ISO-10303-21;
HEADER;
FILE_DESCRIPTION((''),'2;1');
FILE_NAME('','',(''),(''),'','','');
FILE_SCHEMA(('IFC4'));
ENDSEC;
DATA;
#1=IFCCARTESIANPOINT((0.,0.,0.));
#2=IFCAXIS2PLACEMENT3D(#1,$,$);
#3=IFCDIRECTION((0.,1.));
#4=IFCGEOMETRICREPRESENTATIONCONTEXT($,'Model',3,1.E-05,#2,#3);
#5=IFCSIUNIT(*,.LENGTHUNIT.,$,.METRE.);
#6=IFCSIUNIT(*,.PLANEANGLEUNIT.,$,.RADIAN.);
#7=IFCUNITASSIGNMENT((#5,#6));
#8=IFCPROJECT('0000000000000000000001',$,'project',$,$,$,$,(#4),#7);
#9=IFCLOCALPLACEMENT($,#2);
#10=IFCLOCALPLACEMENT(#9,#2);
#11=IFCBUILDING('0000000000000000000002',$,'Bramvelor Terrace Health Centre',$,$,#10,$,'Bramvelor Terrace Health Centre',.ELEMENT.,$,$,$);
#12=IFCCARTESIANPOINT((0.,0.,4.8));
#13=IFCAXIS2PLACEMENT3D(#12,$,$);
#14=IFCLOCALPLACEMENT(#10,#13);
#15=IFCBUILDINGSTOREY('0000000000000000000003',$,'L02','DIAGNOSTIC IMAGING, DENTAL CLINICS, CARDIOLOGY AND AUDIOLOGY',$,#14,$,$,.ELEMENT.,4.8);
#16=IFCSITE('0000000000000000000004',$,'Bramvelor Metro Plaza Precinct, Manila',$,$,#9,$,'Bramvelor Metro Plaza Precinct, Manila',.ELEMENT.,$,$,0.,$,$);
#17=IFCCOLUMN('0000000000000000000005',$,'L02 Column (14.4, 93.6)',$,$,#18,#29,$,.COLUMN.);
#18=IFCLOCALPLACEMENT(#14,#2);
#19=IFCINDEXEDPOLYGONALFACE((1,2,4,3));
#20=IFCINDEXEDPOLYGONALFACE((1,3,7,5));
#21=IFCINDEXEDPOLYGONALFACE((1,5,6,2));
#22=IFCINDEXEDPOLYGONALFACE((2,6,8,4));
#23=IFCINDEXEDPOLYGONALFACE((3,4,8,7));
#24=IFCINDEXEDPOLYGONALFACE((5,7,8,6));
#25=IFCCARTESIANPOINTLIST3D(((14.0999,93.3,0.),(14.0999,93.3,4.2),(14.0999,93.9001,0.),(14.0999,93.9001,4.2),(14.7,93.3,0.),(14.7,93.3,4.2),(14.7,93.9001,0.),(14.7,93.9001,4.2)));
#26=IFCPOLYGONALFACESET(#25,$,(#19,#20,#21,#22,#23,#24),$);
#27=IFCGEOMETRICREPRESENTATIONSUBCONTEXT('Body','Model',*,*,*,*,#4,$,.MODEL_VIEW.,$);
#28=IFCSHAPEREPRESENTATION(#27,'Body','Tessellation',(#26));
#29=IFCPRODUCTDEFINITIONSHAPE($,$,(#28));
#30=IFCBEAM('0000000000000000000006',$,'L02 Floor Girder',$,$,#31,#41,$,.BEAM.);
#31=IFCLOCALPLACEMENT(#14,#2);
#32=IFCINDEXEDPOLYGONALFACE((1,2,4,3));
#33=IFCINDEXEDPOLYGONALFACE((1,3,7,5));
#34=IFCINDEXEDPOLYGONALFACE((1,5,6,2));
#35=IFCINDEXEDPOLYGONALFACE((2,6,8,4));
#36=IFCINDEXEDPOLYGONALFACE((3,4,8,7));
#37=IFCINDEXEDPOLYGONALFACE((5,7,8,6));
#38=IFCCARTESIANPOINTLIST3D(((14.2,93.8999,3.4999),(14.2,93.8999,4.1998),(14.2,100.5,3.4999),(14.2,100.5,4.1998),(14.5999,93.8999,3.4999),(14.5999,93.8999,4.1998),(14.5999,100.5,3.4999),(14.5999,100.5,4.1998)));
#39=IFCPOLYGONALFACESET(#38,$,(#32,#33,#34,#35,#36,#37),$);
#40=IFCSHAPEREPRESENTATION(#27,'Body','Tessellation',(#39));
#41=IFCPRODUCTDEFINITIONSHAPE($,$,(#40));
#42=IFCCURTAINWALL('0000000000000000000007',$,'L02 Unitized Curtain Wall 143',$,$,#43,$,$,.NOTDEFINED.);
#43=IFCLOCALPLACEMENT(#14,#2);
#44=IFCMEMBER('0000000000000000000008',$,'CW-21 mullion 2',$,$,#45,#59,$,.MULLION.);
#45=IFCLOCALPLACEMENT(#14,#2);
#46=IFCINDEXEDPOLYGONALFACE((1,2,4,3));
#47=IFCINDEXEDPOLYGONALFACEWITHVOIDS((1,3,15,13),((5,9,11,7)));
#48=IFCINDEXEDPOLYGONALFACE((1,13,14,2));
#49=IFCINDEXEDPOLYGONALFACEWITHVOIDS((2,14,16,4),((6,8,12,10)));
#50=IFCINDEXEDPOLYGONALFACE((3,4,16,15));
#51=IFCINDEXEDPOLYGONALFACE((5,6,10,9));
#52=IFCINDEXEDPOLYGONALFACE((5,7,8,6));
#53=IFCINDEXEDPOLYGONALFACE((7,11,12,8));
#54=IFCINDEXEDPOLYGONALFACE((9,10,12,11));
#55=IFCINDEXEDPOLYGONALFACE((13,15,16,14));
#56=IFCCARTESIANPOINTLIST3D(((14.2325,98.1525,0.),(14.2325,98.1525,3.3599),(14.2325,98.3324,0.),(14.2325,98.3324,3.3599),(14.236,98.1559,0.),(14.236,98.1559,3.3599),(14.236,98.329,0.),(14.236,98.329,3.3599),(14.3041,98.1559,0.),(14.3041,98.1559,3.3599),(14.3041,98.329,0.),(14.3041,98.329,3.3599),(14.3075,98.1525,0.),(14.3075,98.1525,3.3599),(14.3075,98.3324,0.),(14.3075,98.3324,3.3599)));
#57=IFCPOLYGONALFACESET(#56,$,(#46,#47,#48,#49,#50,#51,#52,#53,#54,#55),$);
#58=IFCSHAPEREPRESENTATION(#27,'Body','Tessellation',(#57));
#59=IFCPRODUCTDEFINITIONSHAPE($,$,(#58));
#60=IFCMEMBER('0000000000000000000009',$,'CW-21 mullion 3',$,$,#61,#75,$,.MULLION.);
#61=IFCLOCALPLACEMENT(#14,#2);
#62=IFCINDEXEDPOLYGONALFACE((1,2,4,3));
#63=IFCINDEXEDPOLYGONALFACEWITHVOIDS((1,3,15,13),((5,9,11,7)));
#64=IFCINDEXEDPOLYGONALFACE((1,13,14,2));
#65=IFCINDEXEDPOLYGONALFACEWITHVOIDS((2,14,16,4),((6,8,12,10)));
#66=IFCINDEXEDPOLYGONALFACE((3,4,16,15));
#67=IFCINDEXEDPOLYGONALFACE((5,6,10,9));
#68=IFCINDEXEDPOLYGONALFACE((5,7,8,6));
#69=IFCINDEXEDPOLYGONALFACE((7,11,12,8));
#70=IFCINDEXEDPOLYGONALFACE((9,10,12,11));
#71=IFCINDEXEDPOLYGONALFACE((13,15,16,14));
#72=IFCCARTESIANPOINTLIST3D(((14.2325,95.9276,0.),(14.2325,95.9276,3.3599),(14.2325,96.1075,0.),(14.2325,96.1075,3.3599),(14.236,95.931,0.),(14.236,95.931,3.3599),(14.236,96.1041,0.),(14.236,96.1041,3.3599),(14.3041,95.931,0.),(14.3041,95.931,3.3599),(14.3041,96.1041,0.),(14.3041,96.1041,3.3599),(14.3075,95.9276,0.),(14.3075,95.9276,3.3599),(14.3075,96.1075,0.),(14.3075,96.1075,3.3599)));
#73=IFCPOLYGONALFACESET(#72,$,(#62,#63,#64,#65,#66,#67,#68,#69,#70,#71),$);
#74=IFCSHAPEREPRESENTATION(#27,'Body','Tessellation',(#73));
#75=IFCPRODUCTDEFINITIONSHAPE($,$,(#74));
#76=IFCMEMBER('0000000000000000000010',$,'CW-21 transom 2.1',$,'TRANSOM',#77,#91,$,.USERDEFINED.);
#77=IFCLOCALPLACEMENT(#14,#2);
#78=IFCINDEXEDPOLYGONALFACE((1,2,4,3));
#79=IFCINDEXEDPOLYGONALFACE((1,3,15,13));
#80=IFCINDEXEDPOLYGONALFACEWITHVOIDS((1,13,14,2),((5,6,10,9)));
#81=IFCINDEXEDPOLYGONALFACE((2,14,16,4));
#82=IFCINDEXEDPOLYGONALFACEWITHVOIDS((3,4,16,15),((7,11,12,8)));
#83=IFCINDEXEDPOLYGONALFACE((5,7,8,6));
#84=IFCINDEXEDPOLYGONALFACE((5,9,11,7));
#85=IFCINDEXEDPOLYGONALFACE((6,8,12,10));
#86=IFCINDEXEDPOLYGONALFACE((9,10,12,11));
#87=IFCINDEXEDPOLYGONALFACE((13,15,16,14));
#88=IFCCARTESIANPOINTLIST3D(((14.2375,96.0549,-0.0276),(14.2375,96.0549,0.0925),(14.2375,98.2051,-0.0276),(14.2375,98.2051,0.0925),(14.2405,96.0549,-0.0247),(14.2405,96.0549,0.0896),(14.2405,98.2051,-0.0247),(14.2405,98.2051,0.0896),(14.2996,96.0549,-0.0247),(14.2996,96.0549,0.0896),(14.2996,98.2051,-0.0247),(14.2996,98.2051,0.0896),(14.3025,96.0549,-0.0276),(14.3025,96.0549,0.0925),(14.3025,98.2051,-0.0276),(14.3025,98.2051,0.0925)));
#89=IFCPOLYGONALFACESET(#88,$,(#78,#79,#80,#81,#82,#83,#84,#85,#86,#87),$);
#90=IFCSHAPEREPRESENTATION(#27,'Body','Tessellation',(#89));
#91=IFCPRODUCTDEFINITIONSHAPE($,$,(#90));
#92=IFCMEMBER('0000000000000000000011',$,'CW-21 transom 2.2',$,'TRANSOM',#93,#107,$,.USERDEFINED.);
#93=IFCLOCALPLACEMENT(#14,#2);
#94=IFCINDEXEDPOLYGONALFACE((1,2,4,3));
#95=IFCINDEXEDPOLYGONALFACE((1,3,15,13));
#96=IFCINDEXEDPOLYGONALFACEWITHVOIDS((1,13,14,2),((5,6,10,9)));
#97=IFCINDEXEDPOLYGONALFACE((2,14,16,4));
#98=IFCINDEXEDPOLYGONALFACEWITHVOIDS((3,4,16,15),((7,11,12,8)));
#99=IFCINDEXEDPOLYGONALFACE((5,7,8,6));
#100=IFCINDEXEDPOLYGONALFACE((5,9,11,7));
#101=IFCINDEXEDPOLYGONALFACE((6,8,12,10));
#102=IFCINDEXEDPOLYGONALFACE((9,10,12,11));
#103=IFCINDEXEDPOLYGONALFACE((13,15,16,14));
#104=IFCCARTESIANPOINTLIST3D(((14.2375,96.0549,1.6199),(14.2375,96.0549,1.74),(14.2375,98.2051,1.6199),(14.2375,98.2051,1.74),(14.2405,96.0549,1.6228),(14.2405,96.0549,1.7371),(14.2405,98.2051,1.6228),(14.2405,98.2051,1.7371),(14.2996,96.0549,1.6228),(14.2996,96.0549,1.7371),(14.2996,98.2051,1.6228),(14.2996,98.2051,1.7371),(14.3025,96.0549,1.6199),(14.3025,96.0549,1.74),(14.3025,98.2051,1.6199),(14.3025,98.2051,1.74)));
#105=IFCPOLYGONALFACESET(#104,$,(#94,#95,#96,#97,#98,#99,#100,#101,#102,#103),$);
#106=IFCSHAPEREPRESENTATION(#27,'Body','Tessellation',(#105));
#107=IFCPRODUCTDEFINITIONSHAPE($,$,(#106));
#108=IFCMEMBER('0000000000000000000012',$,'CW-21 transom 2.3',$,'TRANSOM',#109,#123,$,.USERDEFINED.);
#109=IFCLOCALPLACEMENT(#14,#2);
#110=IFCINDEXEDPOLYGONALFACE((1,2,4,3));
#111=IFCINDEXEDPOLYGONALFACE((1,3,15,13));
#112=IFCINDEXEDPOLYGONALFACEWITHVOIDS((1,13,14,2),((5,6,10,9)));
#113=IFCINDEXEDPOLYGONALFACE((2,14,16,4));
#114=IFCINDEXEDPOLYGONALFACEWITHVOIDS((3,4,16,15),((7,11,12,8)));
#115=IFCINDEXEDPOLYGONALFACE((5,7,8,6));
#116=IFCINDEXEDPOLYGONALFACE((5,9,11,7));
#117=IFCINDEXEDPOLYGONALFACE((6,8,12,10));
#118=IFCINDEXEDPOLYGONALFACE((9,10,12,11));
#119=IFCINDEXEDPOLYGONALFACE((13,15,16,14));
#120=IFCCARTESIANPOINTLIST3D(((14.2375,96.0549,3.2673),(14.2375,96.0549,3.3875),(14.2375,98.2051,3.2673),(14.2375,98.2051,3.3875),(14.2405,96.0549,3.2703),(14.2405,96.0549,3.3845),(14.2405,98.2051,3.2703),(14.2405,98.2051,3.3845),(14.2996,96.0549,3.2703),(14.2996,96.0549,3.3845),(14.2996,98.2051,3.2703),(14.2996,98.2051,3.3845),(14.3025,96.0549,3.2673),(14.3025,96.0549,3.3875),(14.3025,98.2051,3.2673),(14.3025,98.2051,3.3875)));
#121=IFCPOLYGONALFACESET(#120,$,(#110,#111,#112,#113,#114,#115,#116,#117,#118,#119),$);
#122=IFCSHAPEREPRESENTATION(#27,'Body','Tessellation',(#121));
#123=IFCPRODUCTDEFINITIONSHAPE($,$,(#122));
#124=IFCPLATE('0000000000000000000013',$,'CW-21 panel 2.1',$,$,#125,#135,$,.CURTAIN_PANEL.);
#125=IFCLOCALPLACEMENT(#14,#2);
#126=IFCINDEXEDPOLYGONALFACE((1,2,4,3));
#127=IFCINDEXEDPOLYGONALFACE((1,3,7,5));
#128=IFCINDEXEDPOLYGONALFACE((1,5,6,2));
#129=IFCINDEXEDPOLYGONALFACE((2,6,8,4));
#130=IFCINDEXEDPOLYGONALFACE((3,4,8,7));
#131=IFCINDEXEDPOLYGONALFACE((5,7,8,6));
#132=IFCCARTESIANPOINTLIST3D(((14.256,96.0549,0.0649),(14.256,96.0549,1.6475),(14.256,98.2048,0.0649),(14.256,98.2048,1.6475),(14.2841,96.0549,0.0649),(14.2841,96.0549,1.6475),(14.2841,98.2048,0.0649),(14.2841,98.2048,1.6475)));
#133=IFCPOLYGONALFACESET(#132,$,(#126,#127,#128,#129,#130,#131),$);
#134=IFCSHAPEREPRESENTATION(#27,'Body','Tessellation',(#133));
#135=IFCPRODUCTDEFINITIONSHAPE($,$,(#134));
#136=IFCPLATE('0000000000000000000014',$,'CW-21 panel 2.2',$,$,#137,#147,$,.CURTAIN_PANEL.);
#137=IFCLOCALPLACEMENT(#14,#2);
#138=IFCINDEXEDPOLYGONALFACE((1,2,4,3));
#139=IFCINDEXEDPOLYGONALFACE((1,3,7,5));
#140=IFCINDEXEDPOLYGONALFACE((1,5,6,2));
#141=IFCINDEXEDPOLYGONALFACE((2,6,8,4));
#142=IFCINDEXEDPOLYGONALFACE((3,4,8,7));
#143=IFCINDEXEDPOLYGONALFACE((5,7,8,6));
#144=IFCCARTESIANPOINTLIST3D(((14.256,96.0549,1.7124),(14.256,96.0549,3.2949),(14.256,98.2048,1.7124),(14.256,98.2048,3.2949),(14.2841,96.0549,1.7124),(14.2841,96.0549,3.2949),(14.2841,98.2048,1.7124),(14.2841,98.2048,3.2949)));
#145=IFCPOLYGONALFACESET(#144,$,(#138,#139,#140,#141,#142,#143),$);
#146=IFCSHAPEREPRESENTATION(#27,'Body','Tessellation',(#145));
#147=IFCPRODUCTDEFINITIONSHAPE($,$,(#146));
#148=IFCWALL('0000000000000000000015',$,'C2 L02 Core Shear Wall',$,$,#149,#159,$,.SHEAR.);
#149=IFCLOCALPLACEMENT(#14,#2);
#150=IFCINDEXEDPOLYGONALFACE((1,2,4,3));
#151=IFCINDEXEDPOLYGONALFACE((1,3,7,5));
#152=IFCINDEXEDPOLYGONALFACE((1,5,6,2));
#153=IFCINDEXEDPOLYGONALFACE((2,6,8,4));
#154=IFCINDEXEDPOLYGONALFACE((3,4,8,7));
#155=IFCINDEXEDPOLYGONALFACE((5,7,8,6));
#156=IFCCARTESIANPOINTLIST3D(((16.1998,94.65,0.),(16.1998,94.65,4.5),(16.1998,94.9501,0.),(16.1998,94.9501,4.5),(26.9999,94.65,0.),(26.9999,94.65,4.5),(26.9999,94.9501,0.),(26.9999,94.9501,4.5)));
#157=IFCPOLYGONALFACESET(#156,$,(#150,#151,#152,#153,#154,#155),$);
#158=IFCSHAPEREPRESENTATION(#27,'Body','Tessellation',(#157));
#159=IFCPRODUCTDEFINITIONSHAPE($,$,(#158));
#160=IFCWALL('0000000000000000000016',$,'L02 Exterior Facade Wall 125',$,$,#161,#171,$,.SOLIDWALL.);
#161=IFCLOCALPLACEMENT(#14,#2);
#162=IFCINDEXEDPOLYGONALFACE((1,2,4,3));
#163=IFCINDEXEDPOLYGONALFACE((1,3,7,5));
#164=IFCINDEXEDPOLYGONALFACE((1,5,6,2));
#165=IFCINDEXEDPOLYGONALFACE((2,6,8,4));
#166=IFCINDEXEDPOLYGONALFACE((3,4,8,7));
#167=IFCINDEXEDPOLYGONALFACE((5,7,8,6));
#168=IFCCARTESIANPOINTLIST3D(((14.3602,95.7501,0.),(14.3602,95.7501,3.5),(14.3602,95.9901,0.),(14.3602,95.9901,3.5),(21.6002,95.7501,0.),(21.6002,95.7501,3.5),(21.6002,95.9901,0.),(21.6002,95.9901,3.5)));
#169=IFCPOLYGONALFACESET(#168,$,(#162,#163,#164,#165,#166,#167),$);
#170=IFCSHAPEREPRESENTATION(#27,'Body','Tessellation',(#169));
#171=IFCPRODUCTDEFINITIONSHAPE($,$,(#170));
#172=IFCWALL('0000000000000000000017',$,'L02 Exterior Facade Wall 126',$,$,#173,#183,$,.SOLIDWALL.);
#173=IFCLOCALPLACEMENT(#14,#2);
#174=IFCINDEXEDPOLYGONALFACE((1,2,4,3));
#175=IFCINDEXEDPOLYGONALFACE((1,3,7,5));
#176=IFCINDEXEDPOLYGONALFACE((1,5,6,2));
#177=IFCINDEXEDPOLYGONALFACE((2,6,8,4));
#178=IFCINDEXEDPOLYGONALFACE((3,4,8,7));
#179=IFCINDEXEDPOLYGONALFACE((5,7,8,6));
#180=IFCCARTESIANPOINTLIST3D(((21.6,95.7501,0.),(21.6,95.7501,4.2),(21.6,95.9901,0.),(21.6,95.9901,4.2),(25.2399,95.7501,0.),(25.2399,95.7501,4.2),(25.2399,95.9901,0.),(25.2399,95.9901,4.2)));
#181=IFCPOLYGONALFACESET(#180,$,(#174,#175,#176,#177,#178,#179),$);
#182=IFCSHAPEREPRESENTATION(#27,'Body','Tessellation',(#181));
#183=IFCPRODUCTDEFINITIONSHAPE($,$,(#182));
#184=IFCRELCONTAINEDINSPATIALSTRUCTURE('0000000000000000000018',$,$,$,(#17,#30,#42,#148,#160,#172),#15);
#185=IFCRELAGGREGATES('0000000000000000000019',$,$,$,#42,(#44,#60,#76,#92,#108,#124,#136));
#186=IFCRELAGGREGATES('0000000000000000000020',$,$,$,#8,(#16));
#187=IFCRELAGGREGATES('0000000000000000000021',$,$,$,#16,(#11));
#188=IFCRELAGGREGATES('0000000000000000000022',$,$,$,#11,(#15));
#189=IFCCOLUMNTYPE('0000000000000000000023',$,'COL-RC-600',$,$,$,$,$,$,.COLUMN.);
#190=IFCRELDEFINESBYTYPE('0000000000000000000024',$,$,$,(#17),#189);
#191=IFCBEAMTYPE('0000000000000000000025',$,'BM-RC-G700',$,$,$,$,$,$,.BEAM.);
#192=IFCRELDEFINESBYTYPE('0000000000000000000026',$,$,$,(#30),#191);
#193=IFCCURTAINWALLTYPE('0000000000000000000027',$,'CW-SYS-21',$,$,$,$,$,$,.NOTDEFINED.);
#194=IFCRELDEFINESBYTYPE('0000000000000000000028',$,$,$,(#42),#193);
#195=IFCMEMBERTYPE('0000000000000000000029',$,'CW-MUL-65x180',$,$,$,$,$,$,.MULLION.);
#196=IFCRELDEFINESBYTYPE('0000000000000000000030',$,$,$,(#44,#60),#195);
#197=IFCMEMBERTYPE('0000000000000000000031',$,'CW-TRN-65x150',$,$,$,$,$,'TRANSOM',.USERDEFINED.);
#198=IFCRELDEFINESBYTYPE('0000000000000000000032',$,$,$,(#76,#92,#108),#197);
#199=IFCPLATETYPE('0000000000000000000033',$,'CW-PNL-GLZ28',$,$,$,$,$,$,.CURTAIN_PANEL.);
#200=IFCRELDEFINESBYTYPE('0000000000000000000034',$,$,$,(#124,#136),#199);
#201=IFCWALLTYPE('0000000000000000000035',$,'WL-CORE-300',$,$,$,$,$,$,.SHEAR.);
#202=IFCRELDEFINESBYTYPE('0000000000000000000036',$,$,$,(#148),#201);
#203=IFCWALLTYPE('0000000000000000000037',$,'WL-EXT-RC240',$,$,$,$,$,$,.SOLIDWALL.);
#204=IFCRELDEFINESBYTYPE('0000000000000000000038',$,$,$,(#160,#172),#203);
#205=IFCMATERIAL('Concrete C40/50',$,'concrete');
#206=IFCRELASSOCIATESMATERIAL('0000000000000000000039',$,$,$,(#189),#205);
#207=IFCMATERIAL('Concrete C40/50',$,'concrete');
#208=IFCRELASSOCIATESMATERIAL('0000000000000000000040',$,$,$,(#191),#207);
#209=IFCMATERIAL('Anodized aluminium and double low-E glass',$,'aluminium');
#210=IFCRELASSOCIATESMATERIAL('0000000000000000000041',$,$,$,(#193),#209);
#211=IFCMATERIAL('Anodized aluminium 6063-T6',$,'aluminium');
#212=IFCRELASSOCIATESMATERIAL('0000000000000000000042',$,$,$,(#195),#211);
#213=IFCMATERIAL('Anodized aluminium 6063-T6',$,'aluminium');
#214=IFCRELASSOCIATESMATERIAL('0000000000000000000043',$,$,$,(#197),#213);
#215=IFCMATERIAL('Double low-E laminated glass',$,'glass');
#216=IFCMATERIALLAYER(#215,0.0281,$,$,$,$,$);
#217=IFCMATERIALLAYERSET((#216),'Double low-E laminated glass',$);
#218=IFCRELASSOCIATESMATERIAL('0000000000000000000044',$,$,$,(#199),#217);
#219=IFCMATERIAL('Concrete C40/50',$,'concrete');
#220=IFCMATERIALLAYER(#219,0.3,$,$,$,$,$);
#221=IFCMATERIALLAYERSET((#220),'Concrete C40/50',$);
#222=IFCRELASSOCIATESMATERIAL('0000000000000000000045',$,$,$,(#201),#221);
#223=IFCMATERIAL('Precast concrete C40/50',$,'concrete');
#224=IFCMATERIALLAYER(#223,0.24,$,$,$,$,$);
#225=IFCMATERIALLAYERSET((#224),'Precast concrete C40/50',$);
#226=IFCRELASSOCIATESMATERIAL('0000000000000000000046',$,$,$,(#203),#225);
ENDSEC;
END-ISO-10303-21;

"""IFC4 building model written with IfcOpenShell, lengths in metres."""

from ifc_helpers import new_model, si_unit, direction, frame, frame_2d, origin, origin_2d, place, context, subcontext, project, spatial, rectangle, hollow_rectangle, extrude, material, layer, layer_set, material_profile, profile_set, type_object, element, aggregate, save


model = new_model("IFC4")

# Units and contexts
model_context = context("Model", 3, precision=1e-05, world=origin(), true_north=direction((0.0, 1.0)))
body_context = subcontext(model_context, "Body", "Model", "MODEL_VIEW")
ifc_project = project(units=[si_unit("LENGTHUNIT", "METRE"), si_unit("PLANEANGLEUNIT", "RADIAN")], contexts=[model_context])

# Site, building, storey
site_placement = place(None, origin())
site = spatial("IfcSite", under=ifc_project, at=site_placement, Name="Bramvelor Metro Plaza Precinct, Manila", LongName="Bramvelor Metro Plaza Precinct, Manila", CompositionType="ELEMENT", RefElevation=0.0)
building_placement = place(site_placement, origin())
building = spatial("IfcBuilding", under=site, at=building_placement, Name="Bramvelor Terrace Health Centre", LongName="Bramvelor Terrace Health Centre", CompositionType="ELEMENT")
storey_placement = place(building_placement, frame((0.0, 0.0, 4.8)))
storey = spatial("IfcBuildingStorey", under=building, at=storey_placement, Name="L02", Description="DIAGNOSTIC IMAGING, DENTAL CLINICS, CARDIOLOGY AND AUDIOLOGY", CompositionType="ELEMENT", Elevation=4.8)

# Column
ifc_material_1 = material(Name="Concrete C40/50", Category="concrete")
ifc_material_profile_1 = material_profile(ifc_material_1, rectangle(XDim=0.6001, YDim=0.6001, at=origin_2d()), Name="RC 600x600")
ifc_profile_set_1 = profile_set([ifc_material_profile_1], Name="Concrete C40/50")
column_type = type_object("IfcColumnType", Name="COL-RC-600", PredefinedType="COLUMN", material=ifc_profile_set_1)
column_placement = place(storey_placement, frame((14.3999, 93.6001, 0.0), z_axis=(0.0, 0.0, 1.0), x_axis=(1.0, 0.0, 0.0)))
element("IfcColumn", 1, at=column_placement, inside=storey, type_object=column_type, Name="L02 Column (14.4, 93.6)", PredefinedType="COLUMN", context=body_context, shape_type="SweptSolid", body=[
    extrude(rectangle(XDim=0.6001, YDim=0.6001, at=origin_2d()), origin(), (0.0, 0.0, 1.0), 4.2),
])

# Beam
ifc_material_2 = material(Name="Concrete C40/50", Category="concrete")
ifc_material_profile_2 = material_profile(ifc_material_2, rectangle(XDim=0.3999, YDim=0.7, at=origin_2d()), Name="RC 400x700")
ifc_profile_set_2 = profile_set([ifc_material_profile_2], Name="Concrete C40/50")
beam_type = type_object("IfcBeamType", Name="BM-RC-G700", PredefinedType="BEAM", material=ifc_profile_set_2)
beam_placement = place(storey_placement, frame((14.3999, 93.8999, 3.8499), z_axis=(0.0, 1.0, 0.0), x_axis=(-1.0, 0.0, 0.0)))
element("IfcBeam", 2, at=beam_placement, inside=storey, type_object=beam_type, Name="L02 Floor Girder", PredefinedType="BEAM", context=body_context, shape_type="SweptSolid", body=[
    extrude(rectangle(XDim=0.3999, YDim=0.7, at=origin_2d()), origin(), (0.0, 0.0, 1.0), 6.6001),
])

# Curtain wall, members, plates
ifc_material_3 = material(Name="Anodized aluminium and double low-E glass", Category="aluminium")
curtain_wall_type = type_object("IfcCurtainWallType", Name="CW-SYS-21", PredefinedType="NOTDEFINED", material=ifc_material_3)
curtain_wall_placement = place(storey_placement, origin())
curtain_wall = element("IfcCurtainWall", 3, at=curtain_wall_placement, inside=storey, type_object=curtain_wall_type, Name="L02 Unitized Curtain Wall 143", PredefinedType="NOTDEFINED")
ifc_material_4 = material(Name="Anodized aluminium 6063-T6", Category="aluminium")
ifc_material_profile_3 = material_profile(ifc_material_4, hollow_rectangle(XDim=0.075, YDim=0.1799, WallThickness=0.0034, at=origin_2d()), Name="ALU-MUL 75x180x3.5")
ifc_profile_set_3 = profile_set([ifc_material_profile_3], Name="Anodized aluminium 6063-T6")
member_type_1 = type_object("IfcMemberType", Name="CW-MUL-65x180", PredefinedType="MULLION", material=ifc_profile_set_3)
member_1_placement = place(storey_placement, frame((14.27, 98.2424, 0.0), z_axis=(0.0, 0.0, 1.0), x_axis=(1.0, 0.0, 0.0)))
member_1 = element("IfcMember", 4, at=member_1_placement, type_object=member_type_1, Name="CW-21 mullion 2", PredefinedType="MULLION", context=body_context, shape_type="SweptSolid", body=[
    extrude(hollow_rectangle(XDim=0.075, YDim=0.1799, WallThickness=0.0034, at=origin_2d()), origin(), (0.0, 0.0, 1.0), 3.3599),
])
member_2_placement = place(storey_placement, frame((14.27, 96.0176, 0.0), z_axis=(0.0, 0.0, 1.0), x_axis=(1.0, 0.0, 0.0)))
member_2 = element("IfcMember", 5, at=member_2_placement, type_object=member_type_1, Name="CW-21 mullion 3", PredefinedType="MULLION", context=body_context, shape_type="SweptSolid", body=[
    extrude(hollow_rectangle(XDim=0.075, YDim=0.1799, WallThickness=0.0034, at=origin_2d()), origin(), (0.0, 0.0, 1.0), 3.3599),
])
ifc_material_5 = material(Name="Anodized aluminium 6063-T6", Category="aluminium")
ifc_material_profile_4 = material_profile(ifc_material_5, hollow_rectangle(XDim=0.0649, YDim=0.1201, WallThickness=0.0029, at=origin_2d()), Name="ALU-TRN 65x120x3.0")
ifc_profile_set_4 = profile_set([ifc_material_profile_4], Name="Anodized aluminium 6063-T6")
member_type_2 = type_object("IfcMemberType", Name="CW-TRN-65x150", ElementType="TRANSOM", PredefinedType="USERDEFINED", material=ifc_profile_set_4)
member_3_placement = place(storey_placement, frame((14.27, 98.2051, 0.0325), z_axis=(0.0, -1.0, 0.0), x_axis=(1.0, 0.0, 0.0)))
member_3 = element("IfcMember", 6, at=member_3_placement, type_object=member_type_2, Name="CW-21 transom 2.1", ObjectType="TRANSOM", PredefinedType="USERDEFINED", context=body_context, shape_type="SweptSolid", body=[
    extrude(hollow_rectangle(XDim=0.0649, YDim=0.1201, WallThickness=0.0029, at=origin_2d()), origin(), (0.0, 0.0, 1.0), 2.1501),
])
member_4_placement = place(storey_placement, frame((14.27, 98.2051, 1.6799), z_axis=(0.0, -1.0, 0.0), x_axis=(1.0, 0.0, 0.0)))
member_4 = element("IfcMember", 7, at=member_4_placement, type_object=member_type_2, Name="CW-21 transom 2.2", ObjectType="TRANSOM", PredefinedType="USERDEFINED", context=body_context, shape_type="SweptSolid", body=[
    extrude(hollow_rectangle(XDim=0.0649, YDim=0.1201, WallThickness=0.0029, at=origin_2d()), origin(), (0.0, 0.0, 1.0), 2.1501),
])
member_5_placement = place(storey_placement, frame((14.27, 98.2051, 3.3274), z_axis=(0.0, -1.0, 0.0), x_axis=(1.0, 0.0, 0.0)))
member_5 = element("IfcMember", 8, at=member_5_placement, type_object=member_type_2, Name="CW-21 transom 2.3", ObjectType="TRANSOM", PredefinedType="USERDEFINED", context=body_context, shape_type="SweptSolid", body=[
    extrude(hollow_rectangle(XDim=0.0649, YDim=0.1201, WallThickness=0.0029, at=origin_2d()), origin(), (0.0, 0.0, 1.0), 2.1501),
])
ifc_material_6 = material(Name="Double low-E laminated glass", Category="glass")
ifc_layer_1 = layer(ifc_material_6, 0.0281)
ifc_layer_set_1 = layer_set([ifc_layer_1], Name="Double low-E laminated glass")
plate_type = type_object("IfcPlateType", Name="CW-PNL-GLZ28", PredefinedType="CURTAIN_PANEL", material=ifc_layer_set_1)
plate_1_placement = place(storey_placement, frame((14.27, 97.1299, 0.0649), z_axis=(0.0, 0.0, 1.0), x_axis=(0.0, -1.0, 0.0)))
plate_1 = element("IfcPlate", 9, at=plate_1_placement, type_object=plate_type, Name="CW-21 panel 2.1", PredefinedType="CURTAIN_PANEL", context=body_context, shape_type="SweptSolid", body=[
    extrude(rectangle(XDim=2.1499, YDim=0.0281, at=origin_2d()), origin(), (0.0, 0.0, 1.0), 1.5825),
])
plate_2_placement = place(storey_placement, frame((14.27, 97.1299, 1.7124), z_axis=(0.0, 0.0, 1.0), x_axis=(0.0, -1.0, 0.0)))
plate_2 = element("IfcPlate", 10, at=plate_2_placement, type_object=plate_type, Name="CW-21 panel 2.2", PredefinedType="CURTAIN_PANEL", context=body_context, shape_type="SweptSolid", body=[
    extrude(rectangle(XDim=2.1499, YDim=0.0281, at=origin_2d()), origin(), (0.0, 0.0, 1.0), 1.5825),
])
aggregate(curtain_wall, [member_1, member_2, member_3, member_4, member_5, plate_1, plate_2])

# Walls
ifc_material_7 = material(Name="Concrete C40/50", Category="concrete")
ifc_layer_2 = layer(ifc_material_7, 0.3)
ifc_layer_set_2 = layer_set([ifc_layer_2], Name="Concrete C40/50")
wall_type_1 = type_object("IfcWallType", Name="WL-CORE-300", PredefinedType="SHEAR", material=ifc_layer_set_2)
wall_1_placement = place(storey_placement, frame((16.2, 94.8, 0.0), z_axis=(0.0, 0.0, 1.0), x_axis=(1.0, 0.0, 0.0)))
element("IfcWall", 11, at=wall_1_placement, inside=storey, type_object=wall_type_1, Name="C2 L02 Core Shear Wall", PredefinedType="SHEAR", context=body_context, shape_type="SweptSolid", body=[
    extrude(rectangle(XDim=10.8, YDim=0.3, at=frame_2d((5.3999, 0.0))), origin(), (0.0, 0.0, 1.0), 4.5),
])
ifc_material_8 = material(Name="Precast concrete C40/50", Category="concrete")
ifc_layer_3 = layer(ifc_material_8, 0.24)
ifc_layer_set_3 = layer_set([ifc_layer_3], Name="Precast concrete C40/50")
wall_type_2 = type_object("IfcWallType", Name="WL-EXT-RC240", PredefinedType="SOLIDWALL", material=ifc_layer_set_3)
wall_2_placement = place(storey_placement, frame((14.3601, 95.8701, 0.0), z_axis=(0.0, 0.0, 1.0), x_axis=(1.0, 0.0, 0.0)))
element("IfcWall", 12, at=wall_2_placement, inside=storey, type_object=wall_type_2, Name="L02 Exterior Facade Wall 125", PredefinedType="SOLIDWALL", context=body_context, shape_type="SweptSolid", body=[
    extrude(rectangle(XDim=7.24, YDim=0.24, at=frame_2d((3.6201, 0.0))), origin(), (0.0, 0.0, 1.0), 3.5),
])
wall_3_placement = place(storey_placement, frame((21.6001, 95.8701, 0.0), z_axis=(0.0, 0.0, 1.0), x_axis=(1.0, 0.0, 0.0)))
element("IfcWall", 13, at=wall_3_placement, inside=storey, type_object=wall_type_2, Name="L02 Exterior Facade Wall 126", PredefinedType="SOLIDWALL", context=body_context, shape_type="SweptSolid", body=[
    extrude(rectangle(XDim=3.6399, YDim=0.24, at=frame_2d((1.8198, 0.0))), origin(), (0.0, 0.0, 1.0), 4.2),
])

save(model, "model.ifc")
